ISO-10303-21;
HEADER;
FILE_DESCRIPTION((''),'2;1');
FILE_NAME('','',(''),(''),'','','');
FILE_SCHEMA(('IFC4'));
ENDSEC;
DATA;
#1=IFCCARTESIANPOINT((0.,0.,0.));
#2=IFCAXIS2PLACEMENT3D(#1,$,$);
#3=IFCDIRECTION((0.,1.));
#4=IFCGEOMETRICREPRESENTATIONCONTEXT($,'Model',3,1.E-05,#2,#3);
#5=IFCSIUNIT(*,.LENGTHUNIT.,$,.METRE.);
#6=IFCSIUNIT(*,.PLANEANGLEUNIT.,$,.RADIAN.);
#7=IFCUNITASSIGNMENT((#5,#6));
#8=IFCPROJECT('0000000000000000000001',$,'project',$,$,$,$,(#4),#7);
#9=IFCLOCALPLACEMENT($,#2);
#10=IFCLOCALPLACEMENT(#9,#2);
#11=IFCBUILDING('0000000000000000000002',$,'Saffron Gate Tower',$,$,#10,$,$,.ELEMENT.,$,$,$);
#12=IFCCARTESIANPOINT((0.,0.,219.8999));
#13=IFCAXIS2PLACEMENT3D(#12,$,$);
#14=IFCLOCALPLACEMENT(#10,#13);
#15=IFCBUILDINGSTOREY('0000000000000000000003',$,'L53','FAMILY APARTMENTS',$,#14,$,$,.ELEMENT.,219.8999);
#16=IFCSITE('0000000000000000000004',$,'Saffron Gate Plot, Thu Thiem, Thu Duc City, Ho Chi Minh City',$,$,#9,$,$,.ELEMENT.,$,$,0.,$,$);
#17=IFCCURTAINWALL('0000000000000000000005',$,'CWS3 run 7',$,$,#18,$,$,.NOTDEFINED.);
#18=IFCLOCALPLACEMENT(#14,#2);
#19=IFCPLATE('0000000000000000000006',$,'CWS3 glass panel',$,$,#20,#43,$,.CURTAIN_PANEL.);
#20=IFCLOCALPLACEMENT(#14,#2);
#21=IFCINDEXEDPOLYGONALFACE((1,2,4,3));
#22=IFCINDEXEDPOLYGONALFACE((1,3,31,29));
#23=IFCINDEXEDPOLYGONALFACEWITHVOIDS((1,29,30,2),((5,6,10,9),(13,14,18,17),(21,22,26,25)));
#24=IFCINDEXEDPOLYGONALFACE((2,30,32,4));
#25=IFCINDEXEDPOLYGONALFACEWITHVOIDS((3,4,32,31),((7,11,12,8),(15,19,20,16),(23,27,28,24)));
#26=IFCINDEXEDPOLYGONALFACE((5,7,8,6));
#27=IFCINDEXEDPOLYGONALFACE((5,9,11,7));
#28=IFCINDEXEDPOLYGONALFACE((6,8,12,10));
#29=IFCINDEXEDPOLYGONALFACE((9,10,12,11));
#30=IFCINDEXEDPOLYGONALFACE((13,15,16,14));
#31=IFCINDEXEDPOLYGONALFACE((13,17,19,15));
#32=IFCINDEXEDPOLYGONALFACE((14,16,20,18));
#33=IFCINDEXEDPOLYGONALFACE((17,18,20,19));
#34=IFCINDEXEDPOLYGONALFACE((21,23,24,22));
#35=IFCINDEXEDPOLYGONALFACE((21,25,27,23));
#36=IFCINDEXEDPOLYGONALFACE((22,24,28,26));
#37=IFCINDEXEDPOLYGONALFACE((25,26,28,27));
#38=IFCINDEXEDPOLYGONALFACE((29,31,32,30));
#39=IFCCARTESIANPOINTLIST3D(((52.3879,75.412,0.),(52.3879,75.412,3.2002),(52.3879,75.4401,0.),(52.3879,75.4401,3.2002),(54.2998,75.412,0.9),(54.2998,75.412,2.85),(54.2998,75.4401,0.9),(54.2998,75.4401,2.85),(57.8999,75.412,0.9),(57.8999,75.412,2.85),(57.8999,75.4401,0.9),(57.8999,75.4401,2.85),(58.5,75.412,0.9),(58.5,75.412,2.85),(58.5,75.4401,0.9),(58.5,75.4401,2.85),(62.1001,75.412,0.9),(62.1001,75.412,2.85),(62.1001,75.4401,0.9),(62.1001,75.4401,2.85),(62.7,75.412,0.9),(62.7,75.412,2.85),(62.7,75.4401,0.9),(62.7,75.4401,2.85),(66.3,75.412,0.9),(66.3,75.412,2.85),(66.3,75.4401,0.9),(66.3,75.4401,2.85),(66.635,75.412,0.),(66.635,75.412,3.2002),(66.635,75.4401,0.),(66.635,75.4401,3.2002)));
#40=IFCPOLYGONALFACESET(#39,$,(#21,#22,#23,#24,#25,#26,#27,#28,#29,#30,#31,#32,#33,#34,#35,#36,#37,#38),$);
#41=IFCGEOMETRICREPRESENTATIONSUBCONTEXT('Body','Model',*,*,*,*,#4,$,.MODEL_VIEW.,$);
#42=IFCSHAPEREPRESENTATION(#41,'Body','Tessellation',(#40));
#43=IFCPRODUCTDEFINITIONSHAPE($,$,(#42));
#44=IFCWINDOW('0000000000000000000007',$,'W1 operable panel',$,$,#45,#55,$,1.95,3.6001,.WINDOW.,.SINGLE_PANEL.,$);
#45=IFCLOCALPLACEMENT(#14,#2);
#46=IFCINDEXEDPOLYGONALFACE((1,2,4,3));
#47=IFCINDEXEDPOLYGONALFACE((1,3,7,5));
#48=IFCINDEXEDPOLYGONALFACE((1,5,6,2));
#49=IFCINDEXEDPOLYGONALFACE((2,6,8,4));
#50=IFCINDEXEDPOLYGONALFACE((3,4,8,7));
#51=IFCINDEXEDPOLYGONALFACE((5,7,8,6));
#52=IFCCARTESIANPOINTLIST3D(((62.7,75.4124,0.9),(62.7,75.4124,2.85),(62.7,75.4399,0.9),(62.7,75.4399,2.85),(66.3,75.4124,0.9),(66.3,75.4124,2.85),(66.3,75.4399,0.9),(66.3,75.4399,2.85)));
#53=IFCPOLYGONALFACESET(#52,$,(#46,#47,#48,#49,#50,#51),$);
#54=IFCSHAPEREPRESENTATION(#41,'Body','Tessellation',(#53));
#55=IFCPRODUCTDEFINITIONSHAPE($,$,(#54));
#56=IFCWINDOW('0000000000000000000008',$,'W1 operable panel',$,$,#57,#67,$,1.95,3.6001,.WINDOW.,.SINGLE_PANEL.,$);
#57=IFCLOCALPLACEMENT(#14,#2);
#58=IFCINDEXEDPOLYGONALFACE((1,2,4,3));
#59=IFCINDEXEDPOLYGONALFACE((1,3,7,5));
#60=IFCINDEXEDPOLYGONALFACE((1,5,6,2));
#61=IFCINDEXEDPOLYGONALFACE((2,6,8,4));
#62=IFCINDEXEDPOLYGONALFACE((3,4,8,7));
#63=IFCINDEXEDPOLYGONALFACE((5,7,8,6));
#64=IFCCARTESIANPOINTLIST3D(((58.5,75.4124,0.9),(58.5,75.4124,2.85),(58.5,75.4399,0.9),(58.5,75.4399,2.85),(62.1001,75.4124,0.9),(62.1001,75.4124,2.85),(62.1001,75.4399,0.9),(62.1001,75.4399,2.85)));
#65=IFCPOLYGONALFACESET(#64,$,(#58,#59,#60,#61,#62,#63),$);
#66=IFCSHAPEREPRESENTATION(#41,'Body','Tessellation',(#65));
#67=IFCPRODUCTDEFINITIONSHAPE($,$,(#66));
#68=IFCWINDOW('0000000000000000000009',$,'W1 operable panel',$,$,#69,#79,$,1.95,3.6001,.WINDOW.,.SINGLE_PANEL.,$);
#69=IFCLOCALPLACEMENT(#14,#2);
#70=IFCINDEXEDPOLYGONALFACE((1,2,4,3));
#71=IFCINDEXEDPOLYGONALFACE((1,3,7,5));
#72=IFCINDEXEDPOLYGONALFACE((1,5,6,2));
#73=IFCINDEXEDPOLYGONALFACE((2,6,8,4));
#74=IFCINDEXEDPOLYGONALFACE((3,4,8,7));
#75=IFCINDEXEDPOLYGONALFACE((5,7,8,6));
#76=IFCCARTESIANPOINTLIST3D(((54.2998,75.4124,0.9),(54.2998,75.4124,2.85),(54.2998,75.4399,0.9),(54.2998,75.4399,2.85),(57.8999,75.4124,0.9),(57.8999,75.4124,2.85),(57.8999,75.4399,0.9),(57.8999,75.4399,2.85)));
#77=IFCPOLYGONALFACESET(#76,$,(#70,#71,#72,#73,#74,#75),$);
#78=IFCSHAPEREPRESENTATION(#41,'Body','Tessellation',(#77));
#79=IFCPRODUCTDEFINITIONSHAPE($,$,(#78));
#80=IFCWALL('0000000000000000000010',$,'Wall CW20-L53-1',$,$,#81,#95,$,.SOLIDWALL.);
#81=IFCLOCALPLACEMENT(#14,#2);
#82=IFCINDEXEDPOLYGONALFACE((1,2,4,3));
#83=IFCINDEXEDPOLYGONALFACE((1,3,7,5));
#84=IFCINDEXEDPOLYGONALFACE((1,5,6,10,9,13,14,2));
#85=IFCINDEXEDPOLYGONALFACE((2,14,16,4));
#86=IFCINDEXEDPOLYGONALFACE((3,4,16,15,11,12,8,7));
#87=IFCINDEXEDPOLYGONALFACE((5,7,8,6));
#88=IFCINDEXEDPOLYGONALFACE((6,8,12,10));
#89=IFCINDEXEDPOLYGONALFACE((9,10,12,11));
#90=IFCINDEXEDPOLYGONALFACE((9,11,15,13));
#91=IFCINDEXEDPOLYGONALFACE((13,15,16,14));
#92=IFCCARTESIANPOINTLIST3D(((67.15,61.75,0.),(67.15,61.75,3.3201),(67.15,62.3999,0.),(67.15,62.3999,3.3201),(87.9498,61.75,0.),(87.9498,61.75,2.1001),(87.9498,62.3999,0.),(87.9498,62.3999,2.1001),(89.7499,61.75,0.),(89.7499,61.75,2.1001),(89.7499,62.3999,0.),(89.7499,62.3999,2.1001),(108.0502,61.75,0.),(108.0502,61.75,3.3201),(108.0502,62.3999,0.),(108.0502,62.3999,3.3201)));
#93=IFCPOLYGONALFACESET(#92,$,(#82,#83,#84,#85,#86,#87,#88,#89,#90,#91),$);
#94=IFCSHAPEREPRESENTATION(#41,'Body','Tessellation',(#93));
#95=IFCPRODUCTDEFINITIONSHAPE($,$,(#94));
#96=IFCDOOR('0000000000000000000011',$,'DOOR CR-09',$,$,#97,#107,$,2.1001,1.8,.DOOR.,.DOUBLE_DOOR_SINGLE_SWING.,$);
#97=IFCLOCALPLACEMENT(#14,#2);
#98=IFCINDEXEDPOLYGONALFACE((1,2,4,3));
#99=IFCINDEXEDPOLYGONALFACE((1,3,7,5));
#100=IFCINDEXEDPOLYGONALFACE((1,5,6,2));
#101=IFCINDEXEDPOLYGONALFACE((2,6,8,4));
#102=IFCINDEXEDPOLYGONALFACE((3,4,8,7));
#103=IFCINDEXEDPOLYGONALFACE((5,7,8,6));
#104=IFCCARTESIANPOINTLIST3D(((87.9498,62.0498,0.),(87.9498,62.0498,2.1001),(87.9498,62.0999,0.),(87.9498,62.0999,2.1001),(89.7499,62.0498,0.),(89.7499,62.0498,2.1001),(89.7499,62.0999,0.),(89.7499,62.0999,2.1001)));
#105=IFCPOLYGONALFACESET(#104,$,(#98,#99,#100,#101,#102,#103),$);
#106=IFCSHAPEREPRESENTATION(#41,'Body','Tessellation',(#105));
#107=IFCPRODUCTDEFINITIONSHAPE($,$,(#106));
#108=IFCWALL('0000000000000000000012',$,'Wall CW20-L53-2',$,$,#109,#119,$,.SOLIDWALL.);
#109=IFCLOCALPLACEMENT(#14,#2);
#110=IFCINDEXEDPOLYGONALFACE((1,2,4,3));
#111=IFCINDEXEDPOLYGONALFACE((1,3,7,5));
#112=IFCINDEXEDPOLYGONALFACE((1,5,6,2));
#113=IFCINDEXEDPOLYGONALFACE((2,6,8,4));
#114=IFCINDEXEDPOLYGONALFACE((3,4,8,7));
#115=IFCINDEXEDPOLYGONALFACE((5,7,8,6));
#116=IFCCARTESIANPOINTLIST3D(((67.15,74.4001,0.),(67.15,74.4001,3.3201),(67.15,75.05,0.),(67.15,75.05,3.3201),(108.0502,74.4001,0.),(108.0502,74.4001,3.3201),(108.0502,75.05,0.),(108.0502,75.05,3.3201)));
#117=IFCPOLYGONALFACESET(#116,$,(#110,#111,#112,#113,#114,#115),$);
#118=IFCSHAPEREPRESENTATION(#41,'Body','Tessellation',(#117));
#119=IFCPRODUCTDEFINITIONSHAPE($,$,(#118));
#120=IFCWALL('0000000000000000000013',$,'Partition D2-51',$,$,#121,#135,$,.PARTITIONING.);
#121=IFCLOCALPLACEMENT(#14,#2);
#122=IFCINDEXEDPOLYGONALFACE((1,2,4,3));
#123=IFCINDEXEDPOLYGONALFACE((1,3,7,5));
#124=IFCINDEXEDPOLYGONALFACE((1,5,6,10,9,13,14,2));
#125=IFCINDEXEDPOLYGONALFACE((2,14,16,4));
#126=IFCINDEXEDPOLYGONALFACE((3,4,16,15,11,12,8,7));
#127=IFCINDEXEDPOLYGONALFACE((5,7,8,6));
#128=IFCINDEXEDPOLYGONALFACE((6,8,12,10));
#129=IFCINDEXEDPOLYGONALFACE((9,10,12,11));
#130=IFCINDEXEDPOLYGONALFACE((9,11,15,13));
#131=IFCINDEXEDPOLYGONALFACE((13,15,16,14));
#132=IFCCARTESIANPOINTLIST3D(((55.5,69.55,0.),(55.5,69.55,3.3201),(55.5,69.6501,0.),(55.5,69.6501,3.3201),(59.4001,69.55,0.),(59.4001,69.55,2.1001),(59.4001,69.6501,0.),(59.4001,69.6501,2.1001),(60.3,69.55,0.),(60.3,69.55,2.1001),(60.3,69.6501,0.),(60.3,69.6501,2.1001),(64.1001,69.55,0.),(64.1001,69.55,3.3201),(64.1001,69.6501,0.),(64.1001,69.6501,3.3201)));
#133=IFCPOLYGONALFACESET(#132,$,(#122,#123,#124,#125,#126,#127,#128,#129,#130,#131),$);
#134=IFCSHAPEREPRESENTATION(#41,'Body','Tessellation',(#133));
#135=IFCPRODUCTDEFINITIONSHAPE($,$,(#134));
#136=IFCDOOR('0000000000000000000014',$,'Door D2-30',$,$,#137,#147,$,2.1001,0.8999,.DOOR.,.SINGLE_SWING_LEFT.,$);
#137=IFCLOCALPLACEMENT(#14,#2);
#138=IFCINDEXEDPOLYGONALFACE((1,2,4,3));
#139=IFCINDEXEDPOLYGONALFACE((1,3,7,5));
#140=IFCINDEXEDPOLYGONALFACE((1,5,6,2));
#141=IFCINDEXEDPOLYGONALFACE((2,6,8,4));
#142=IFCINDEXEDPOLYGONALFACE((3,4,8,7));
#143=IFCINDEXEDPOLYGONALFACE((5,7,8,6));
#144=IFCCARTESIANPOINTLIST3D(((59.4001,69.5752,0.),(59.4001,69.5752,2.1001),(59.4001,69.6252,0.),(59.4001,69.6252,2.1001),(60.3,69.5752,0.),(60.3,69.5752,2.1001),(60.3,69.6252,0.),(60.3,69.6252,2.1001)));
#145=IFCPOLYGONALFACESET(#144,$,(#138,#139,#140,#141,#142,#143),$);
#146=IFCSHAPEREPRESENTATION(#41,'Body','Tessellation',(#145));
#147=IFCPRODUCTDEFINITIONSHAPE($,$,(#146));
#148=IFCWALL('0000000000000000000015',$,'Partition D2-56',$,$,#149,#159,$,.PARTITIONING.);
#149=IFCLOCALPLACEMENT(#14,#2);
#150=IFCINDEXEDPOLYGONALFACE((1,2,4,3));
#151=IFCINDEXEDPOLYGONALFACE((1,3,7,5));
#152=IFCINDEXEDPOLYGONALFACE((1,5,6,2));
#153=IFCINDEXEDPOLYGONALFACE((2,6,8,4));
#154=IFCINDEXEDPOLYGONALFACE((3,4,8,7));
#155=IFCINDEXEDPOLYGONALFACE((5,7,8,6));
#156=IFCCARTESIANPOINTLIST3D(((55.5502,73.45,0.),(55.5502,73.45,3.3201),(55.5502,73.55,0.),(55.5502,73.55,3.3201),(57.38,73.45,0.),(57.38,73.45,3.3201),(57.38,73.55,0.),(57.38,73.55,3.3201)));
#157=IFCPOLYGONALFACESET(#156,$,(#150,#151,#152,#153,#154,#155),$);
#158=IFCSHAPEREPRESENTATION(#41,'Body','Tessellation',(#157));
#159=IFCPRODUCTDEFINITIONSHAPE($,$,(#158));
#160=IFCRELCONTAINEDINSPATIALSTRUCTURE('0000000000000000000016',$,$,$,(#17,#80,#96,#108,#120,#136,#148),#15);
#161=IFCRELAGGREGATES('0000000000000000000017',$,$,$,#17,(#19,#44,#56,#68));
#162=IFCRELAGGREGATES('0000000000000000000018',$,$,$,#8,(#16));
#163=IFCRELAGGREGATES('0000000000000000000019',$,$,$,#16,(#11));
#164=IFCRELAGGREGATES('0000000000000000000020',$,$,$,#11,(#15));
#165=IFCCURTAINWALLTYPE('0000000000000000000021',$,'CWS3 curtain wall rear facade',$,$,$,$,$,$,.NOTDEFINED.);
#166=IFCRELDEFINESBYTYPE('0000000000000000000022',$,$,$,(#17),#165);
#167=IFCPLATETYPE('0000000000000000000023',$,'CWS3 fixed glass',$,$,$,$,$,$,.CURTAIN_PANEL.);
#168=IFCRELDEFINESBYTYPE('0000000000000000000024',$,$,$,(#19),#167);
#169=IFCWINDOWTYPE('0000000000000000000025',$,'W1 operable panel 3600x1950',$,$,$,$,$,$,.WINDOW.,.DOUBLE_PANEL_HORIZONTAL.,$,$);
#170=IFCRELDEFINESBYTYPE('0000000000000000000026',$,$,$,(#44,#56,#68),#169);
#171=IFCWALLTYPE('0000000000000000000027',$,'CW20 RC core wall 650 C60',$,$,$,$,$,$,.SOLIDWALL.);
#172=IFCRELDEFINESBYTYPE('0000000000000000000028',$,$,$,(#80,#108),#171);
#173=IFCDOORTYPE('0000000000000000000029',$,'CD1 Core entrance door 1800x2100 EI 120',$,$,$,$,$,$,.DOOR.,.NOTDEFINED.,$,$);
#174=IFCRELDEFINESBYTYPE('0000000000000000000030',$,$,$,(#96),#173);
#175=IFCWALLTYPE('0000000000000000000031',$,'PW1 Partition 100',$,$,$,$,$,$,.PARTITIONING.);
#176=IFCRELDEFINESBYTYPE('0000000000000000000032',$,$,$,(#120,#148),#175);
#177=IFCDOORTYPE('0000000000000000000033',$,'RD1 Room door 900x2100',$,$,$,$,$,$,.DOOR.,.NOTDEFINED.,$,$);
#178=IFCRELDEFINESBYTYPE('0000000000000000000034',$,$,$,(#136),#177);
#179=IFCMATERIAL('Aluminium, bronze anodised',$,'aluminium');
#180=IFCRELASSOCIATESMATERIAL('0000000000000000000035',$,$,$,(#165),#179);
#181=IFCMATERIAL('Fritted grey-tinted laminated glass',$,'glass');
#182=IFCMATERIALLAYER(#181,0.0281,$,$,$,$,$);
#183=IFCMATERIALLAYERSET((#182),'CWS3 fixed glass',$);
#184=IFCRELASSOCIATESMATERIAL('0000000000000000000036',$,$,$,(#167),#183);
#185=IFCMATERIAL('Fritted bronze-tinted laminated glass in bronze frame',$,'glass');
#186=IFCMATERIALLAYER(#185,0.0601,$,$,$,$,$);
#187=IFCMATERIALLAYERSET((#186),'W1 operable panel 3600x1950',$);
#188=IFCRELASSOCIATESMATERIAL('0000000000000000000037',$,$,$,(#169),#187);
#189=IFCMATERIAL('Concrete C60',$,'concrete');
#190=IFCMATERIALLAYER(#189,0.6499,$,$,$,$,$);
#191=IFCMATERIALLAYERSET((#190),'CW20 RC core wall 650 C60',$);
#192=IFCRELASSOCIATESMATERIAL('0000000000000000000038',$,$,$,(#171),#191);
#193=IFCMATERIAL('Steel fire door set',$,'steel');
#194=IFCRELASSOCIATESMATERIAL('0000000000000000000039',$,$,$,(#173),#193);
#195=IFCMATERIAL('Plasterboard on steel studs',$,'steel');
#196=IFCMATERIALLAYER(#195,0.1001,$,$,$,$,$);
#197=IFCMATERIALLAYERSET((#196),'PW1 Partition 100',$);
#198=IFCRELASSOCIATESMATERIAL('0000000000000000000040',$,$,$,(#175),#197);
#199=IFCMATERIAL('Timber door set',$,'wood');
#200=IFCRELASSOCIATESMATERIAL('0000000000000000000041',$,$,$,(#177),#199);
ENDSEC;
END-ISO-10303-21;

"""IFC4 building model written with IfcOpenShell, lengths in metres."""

from ifc_helpers import new_model, si_unit, direction, frame, frame_2d, origin, place, context, subcontext, project, spatial, rectangle, extrude, material, layer, layer_set, type_object, element, fill, aggregate, save


model = new_model("IFC4")

# Units and contexts
model_context = context("Model", 3, precision=1e-05, world=origin(), true_north=direction((0.0, 1.0)))
body_context = subcontext(model_context, "Body", "Model", "MODEL_VIEW")
ifc_project = project(units=[si_unit("LENGTHUNIT", "METRE"), si_unit("PLANEANGLEUNIT", "RADIAN")], contexts=[model_context])

# Site, building, storey
site_placement = place(None, origin())
site = spatial("IfcSite", under=ifc_project, at=site_placement, Name="Saffron Gate Plot, Thu Thiem, Thu Duc City, Ho Chi Minh City", CompositionType="ELEMENT", RefElevation=0.0)
building_placement = place(site_placement, origin())
building = spatial("IfcBuilding", under=site, at=building_placement, Name="Saffron Gate Tower", CompositionType="ELEMENT")
storey_placement = place(building_placement, frame((0.0, 0.0, 219.8999)))
storey = spatial("IfcBuildingStorey", under=building, at=storey_placement, Name="L53", Description="FAMILY APARTMENTS", CompositionType="ELEMENT", Elevation=219.8999)

# Curtain wall, plate, openings, windows
ifc_material_1 = material(Name="Aluminium, bronze anodised", Category="aluminium")
curtain_wall_type = type_object("IfcCurtainWallType", Name="CWS3 curtain wall rear facade", PredefinedType="NOTDEFINED", material=ifc_material_1)
curtain_wall_placement = place(storey_placement, origin())
curtain_wall = element("IfcCurtainWall", 1, at=curtain_wall_placement, inside=storey, type_object=curtain_wall_type, Name="CWS3 run 7", PredefinedType="NOTDEFINED")
ifc_material_2 = material(Name="Fritted grey-tinted laminated glass", Category="glass")
ifc_layer_1 = layer(ifc_material_2, 0.0281)
ifc_layer_set_1 = layer_set([ifc_layer_1], Name="CWS3 fixed glass")
plate_type = type_object("IfcPlateType", Name="CWS3 fixed glass", PredefinedType="CURTAIN_PANEL", material=ifc_layer_set_1)
plate_placement = place(storey_placement, frame((66.635, 75.426, 0.0), z_axis=(0.0, 0.0, 1.0), x_axis=(-1.0, 0.0, 0.0)))
plate = element("IfcPlate", 2, at=plate_placement, type_object=plate_type, Name="CWS3 glass panel", PredefinedType="CURTAIN_PANEL", context=body_context, shape_type="SweptSolid", body=[
    extrude(rectangle(XDim=14.2471, YDim=0.0281, at=frame_2d((7.1235, 0.0))), origin(), (0.0, 0.0, 1.0), 3.2002),
])
opening_1_placement = place(plate_placement, frame((0.335, 0.0, 0.8999)))
opening_1 = element("IfcOpeningElement", 3, at=opening_1_placement, cuts=plate, PredefinedType="OPENING", context=body_context, shape_type="SweptSolid", body=[
    extrude(rectangle(XDim=3.6001, YDim=1.95, at=frame_2d((1.8, 0.9751))), frame((0.0, 0.0239, 0.0), z_axis=(0.0, -1.0, 0.0), x_axis=(1.0, 0.0, 0.0)), (0.0, 0.0, 1.0), 0.0481),
])
opening_2_placement = place(plate_placement, frame((4.5349, 0.0, 0.8999)))
opening_2 = element("IfcOpeningElement", 4, at=opening_2_placement, cuts=plate, PredefinedType="OPENING", context=body_context, shape_type="SweptSolid", body=[
    extrude(rectangle(XDim=3.6001, YDim=1.95, at=frame_2d((1.8, 0.9751))), frame((0.0, 0.0239, 0.0), z_axis=(0.0, -1.0, 0.0), x_axis=(1.0, 0.0, 0.0)), (0.0, 0.0, 1.0), 0.0481),
])
opening_3_placement = place(plate_placement, frame((8.7351, 0.0, 0.8999)))
opening_3 = element("IfcOpeningElement", 5, at=opening_3_placement, cuts=plate, PredefinedType="OPENING", context=body_context, shape_type="SweptSolid", body=[
    extrude(rectangle(XDim=3.6001, YDim=1.95, at=frame_2d((1.8, 0.9751))), frame((0.0, 0.0239, 0.0), z_axis=(0.0, -1.0, 0.0), x_axis=(1.0, 0.0, 0.0)), (0.0, 0.0, 1.0), 0.0481),
])
ifc_material_3 = material(Name="Fritted bronze-tinted laminated glass in bronze frame", Category="glass")
ifc_layer_2 = layer(ifc_material_3, 0.0601)
ifc_layer_set_2 = layer_set([ifc_layer_2], Name="W1 operable panel 3600x1950")
window_type = type_object("IfcWindowType", Name="W1 operable panel 3600x1950", PartitioningType="DOUBLE_PANEL_HORIZONTAL", PredefinedType="WINDOW", material=ifc_layer_set_2)
window_1_placement = place(opening_1_placement, origin())
window_1 = element("IfcWindow", 6, at=window_1_placement, type_object=window_type, Name="W1 operable panel", OverallHeight=1.95, OverallWidth=3.6001, PartitioningType="SINGLE_PANEL", PredefinedType="WINDOW", context=body_context, shape_type="SweptSolid", body=[
    extrude(rectangle(XDim=3.6001, YDim=1.95, at=frame_2d((1.8, 0.9751))), frame((0.0, 0.0137, 0.0), z_axis=(0.0, -1.0, 0.0), x_axis=(1.0, 0.0, 0.0)), (0.0, 0.0, 1.0), 0.0276),
])
fill(opening_1, window_1)
window_2_placement = place(opening_2_placement, origin())
window_2 = element("IfcWindow", 7, at=window_2_placement, type_object=window_type, Name="W1 operable panel", OverallHeight=1.95, OverallWidth=3.6001, PartitioningType="SINGLE_PANEL", PredefinedType="WINDOW", context=body_context, shape_type="SweptSolid", body=[
    extrude(rectangle(XDim=3.6001, YDim=1.95, at=frame_2d((1.8, 0.9751))), frame((0.0, 0.0137, 0.0), z_axis=(0.0, -1.0, 0.0), x_axis=(1.0, 0.0, 0.0)), (0.0, 0.0, 1.0), 0.0276),
])
fill(opening_2, window_2)
window_3_placement = place(opening_3_placement, origin())
window_3 = element("IfcWindow", 8, at=window_3_placement, type_object=window_type, Name="W1 operable panel", OverallHeight=1.95, OverallWidth=3.6001, PartitioningType="SINGLE_PANEL", PredefinedType="WINDOW", context=body_context, shape_type="SweptSolid", body=[
    extrude(rectangle(XDim=3.6001, YDim=1.95, at=frame_2d((1.8, 0.9751))), frame((0.0, 0.0137, 0.0), z_axis=(0.0, -1.0, 0.0), x_axis=(1.0, 0.0, 0.0)), (0.0, 0.0, 1.0), 0.0276),
])
fill(opening_3, window_3)
aggregate(curtain_wall, [plate, window_1, window_2, window_3])

# Wall, opening, door
ifc_material_4 = material(Name="Concrete C60", Category="concrete")
ifc_layer_3 = layer(ifc_material_4, 0.6499)
ifc_layer_set_3 = layer_set([ifc_layer_3], Name="CW20 RC core wall 650 C60")
wall_type_1 = type_object("IfcWallType", Name="CW20 RC core wall 650 C60", PredefinedType="SOLIDWALL", material=ifc_layer_set_3)
wall_1_placement = place(storey_placement, frame((67.1499, 62.075, 0.0), z_axis=(0.0, 0.0, 1.0), x_axis=(1.0, 0.0, 0.0)))
wall_1 = element("IfcWall", 9, at=wall_1_placement, inside=storey, type_object=wall_type_1, Name="Wall CW20-L53-1", PredefinedType="SOLIDWALL", context=body_context, shape_type="SweptSolid", body=[
    extrude(rectangle(XDim=40.9001, YDim=0.6499, at=frame_2d((20.4502, 0.0))), origin(), (0.0, 0.0, 1.0), 3.3201),
])
opening_4_placement = place(wall_1_placement, frame((20.8, 0.0, 0.0)))
opening_4 = element("IfcOpeningElement", 10, at=opening_4_placement, cuts=wall_1, PredefinedType="OPENING", context=body_context, shape_type="SweptSolid", body=[
    extrude(rectangle(XDim=1.8, YDim=2.1001, at=frame_2d((0.8999, 1.05))), frame((0.0, 0.335, 0.0), z_axis=(0.0, -1.0, 0.0), x_axis=(1.0, 0.0, 0.0)), (0.0, 0.0, 1.0), 0.6699),
])
ifc_material_5 = material(Name="Steel fire door set", Category="steel")
door_type_1 = type_object("IfcDoorType", Name="CD1 Core entrance door 1800x2100 EI 120", OperationType="NOTDEFINED", PredefinedType="DOOR", material=ifc_material_5)
door_1_placement = place(opening_4_placement, origin())
door_1 = element("IfcDoor", 11, at=door_1_placement, inside=storey, type_object=door_type_1, Name="DOOR CR-09", OperationType="DOUBLE_DOOR_SINGLE_SWING", OverallHeight=2.1001, OverallWidth=1.8, PredefinedType="DOOR", context=body_context, shape_type="SweptSolid", body=[
    extrude(rectangle(XDim=1.8, YDim=2.1001, at=frame_2d((0.8999, 1.05))), frame((0.0, 0.0249, 0.0), z_axis=(0.0, -1.0, 0.0), x_axis=(1.0, 0.0, 0.0)), (0.0, 0.0, 1.0), 0.05),
])
fill(opening_4, door_1)

# Wall
wall_2_placement = place(storey_placement, frame((67.1499, 74.7251, 0.0), z_axis=(0.0, 0.0, 1.0), x_axis=(1.0, 0.0, 0.0)))
element("IfcWall", 12, at=wall_2_placement, inside=storey, type_object=wall_type_1, Name="Wall CW20-L53-2", PredefinedType="SOLIDWALL", context=body_context, shape_type="SweptSolid", body=[
    extrude(rectangle(XDim=40.9001, YDim=0.6499, at=frame_2d((20.4502, 0.0))), origin(), (0.0, 0.0, 1.0), 3.3201),
])

# Wall, opening, door
ifc_material_6 = material(Name="Plasterboard on steel studs", Category="steel")
ifc_layer_4 = layer(ifc_material_6, 0.1001)
ifc_layer_set_4 = layer_set([ifc_layer_4], Name="PW1 Partition 100")
wall_type_2 = type_object("IfcWallType", Name="PW1 Partition 100", PredefinedType="PARTITIONING", material=ifc_layer_set_4)
wall_3_placement = place(storey_placement, frame((64.1001, 69.6001, 0.0), z_axis=(0.0, 0.0, 1.0), x_axis=(-1.0, 0.0, 0.0)))
wall_3 = element("IfcWall", 13, at=wall_3_placement, inside=storey, type_object=wall_type_2, Name="Partition D2-51", PredefinedType="PARTITIONING", context=body_context, shape_type="SweptSolid", body=[
    extrude(rectangle(XDim=8.6001, YDim=0.1001, at=frame_2d((4.3, 0.0))), origin(), (0.0, 0.0, 1.0), 3.3201),
])
opening_5_placement = place(wall_3_placement, frame((3.8, 0.0, 0.0)))
opening_5 = element("IfcOpeningElement", 14, at=opening_5_placement, cuts=wall_3, PredefinedType="OPENING", context=body_context, shape_type="SweptSolid", body=[
    extrude(rectangle(XDim=0.8999, YDim=2.1001, at=frame_2d((0.45, 1.05))), frame((0.0, 0.0601, 0.0), z_axis=(0.0, -1.0, 0.0), x_axis=(1.0, 0.0, 0.0)), (0.0, 0.0, 1.0), 0.1201),
])
ifc_material_7 = material(Name="Timber door set", Category="wood")
door_type_2 = type_object("IfcDoorType", Name="RD1 Room door 900x2100", OperationType="NOTDEFINED", PredefinedType="DOOR", material=ifc_material_7)
door_2_placement = place(opening_5_placement, origin())
door_2 = element("IfcDoor", 15, at=door_2_placement, inside=storey, type_object=door_type_2, Name="Door D2-30", OperationType="SINGLE_SWING_LEFT", OverallHeight=2.1001, OverallWidth=0.8999, PredefinedType="DOOR", context=body_context, shape_type="SweptSolid", body=[
    extrude(rectangle(XDim=0.8999, YDim=2.1001, at=frame_2d((0.45, 1.05))), frame((0.0, 0.0249, 0.0), z_axis=(0.0, -1.0, 0.0), x_axis=(1.0, 0.0, 0.0)), (0.0, 0.0, 1.0), 0.05),
])
fill(opening_5, door_2)

# Wall
wall_4_placement = place(storey_placement, frame((55.55, 73.5, 0.0), z_axis=(0.0, 0.0, 1.0), x_axis=(1.0, 0.0, 0.0)))
element("IfcWall", 16, at=wall_4_placement, inside=storey, type_object=wall_type_2, Name="Partition D2-56", PredefinedType="PARTITIONING", context=body_context, shape_type="SweptSolid", body=[
    extrude(rectangle(XDim=1.8298, YDim=0.1001, at=frame_2d((0.915, 0.0))), origin(), (0.0, 0.0, 1.0), 3.3201),
])

save(model, "model.ifc")
